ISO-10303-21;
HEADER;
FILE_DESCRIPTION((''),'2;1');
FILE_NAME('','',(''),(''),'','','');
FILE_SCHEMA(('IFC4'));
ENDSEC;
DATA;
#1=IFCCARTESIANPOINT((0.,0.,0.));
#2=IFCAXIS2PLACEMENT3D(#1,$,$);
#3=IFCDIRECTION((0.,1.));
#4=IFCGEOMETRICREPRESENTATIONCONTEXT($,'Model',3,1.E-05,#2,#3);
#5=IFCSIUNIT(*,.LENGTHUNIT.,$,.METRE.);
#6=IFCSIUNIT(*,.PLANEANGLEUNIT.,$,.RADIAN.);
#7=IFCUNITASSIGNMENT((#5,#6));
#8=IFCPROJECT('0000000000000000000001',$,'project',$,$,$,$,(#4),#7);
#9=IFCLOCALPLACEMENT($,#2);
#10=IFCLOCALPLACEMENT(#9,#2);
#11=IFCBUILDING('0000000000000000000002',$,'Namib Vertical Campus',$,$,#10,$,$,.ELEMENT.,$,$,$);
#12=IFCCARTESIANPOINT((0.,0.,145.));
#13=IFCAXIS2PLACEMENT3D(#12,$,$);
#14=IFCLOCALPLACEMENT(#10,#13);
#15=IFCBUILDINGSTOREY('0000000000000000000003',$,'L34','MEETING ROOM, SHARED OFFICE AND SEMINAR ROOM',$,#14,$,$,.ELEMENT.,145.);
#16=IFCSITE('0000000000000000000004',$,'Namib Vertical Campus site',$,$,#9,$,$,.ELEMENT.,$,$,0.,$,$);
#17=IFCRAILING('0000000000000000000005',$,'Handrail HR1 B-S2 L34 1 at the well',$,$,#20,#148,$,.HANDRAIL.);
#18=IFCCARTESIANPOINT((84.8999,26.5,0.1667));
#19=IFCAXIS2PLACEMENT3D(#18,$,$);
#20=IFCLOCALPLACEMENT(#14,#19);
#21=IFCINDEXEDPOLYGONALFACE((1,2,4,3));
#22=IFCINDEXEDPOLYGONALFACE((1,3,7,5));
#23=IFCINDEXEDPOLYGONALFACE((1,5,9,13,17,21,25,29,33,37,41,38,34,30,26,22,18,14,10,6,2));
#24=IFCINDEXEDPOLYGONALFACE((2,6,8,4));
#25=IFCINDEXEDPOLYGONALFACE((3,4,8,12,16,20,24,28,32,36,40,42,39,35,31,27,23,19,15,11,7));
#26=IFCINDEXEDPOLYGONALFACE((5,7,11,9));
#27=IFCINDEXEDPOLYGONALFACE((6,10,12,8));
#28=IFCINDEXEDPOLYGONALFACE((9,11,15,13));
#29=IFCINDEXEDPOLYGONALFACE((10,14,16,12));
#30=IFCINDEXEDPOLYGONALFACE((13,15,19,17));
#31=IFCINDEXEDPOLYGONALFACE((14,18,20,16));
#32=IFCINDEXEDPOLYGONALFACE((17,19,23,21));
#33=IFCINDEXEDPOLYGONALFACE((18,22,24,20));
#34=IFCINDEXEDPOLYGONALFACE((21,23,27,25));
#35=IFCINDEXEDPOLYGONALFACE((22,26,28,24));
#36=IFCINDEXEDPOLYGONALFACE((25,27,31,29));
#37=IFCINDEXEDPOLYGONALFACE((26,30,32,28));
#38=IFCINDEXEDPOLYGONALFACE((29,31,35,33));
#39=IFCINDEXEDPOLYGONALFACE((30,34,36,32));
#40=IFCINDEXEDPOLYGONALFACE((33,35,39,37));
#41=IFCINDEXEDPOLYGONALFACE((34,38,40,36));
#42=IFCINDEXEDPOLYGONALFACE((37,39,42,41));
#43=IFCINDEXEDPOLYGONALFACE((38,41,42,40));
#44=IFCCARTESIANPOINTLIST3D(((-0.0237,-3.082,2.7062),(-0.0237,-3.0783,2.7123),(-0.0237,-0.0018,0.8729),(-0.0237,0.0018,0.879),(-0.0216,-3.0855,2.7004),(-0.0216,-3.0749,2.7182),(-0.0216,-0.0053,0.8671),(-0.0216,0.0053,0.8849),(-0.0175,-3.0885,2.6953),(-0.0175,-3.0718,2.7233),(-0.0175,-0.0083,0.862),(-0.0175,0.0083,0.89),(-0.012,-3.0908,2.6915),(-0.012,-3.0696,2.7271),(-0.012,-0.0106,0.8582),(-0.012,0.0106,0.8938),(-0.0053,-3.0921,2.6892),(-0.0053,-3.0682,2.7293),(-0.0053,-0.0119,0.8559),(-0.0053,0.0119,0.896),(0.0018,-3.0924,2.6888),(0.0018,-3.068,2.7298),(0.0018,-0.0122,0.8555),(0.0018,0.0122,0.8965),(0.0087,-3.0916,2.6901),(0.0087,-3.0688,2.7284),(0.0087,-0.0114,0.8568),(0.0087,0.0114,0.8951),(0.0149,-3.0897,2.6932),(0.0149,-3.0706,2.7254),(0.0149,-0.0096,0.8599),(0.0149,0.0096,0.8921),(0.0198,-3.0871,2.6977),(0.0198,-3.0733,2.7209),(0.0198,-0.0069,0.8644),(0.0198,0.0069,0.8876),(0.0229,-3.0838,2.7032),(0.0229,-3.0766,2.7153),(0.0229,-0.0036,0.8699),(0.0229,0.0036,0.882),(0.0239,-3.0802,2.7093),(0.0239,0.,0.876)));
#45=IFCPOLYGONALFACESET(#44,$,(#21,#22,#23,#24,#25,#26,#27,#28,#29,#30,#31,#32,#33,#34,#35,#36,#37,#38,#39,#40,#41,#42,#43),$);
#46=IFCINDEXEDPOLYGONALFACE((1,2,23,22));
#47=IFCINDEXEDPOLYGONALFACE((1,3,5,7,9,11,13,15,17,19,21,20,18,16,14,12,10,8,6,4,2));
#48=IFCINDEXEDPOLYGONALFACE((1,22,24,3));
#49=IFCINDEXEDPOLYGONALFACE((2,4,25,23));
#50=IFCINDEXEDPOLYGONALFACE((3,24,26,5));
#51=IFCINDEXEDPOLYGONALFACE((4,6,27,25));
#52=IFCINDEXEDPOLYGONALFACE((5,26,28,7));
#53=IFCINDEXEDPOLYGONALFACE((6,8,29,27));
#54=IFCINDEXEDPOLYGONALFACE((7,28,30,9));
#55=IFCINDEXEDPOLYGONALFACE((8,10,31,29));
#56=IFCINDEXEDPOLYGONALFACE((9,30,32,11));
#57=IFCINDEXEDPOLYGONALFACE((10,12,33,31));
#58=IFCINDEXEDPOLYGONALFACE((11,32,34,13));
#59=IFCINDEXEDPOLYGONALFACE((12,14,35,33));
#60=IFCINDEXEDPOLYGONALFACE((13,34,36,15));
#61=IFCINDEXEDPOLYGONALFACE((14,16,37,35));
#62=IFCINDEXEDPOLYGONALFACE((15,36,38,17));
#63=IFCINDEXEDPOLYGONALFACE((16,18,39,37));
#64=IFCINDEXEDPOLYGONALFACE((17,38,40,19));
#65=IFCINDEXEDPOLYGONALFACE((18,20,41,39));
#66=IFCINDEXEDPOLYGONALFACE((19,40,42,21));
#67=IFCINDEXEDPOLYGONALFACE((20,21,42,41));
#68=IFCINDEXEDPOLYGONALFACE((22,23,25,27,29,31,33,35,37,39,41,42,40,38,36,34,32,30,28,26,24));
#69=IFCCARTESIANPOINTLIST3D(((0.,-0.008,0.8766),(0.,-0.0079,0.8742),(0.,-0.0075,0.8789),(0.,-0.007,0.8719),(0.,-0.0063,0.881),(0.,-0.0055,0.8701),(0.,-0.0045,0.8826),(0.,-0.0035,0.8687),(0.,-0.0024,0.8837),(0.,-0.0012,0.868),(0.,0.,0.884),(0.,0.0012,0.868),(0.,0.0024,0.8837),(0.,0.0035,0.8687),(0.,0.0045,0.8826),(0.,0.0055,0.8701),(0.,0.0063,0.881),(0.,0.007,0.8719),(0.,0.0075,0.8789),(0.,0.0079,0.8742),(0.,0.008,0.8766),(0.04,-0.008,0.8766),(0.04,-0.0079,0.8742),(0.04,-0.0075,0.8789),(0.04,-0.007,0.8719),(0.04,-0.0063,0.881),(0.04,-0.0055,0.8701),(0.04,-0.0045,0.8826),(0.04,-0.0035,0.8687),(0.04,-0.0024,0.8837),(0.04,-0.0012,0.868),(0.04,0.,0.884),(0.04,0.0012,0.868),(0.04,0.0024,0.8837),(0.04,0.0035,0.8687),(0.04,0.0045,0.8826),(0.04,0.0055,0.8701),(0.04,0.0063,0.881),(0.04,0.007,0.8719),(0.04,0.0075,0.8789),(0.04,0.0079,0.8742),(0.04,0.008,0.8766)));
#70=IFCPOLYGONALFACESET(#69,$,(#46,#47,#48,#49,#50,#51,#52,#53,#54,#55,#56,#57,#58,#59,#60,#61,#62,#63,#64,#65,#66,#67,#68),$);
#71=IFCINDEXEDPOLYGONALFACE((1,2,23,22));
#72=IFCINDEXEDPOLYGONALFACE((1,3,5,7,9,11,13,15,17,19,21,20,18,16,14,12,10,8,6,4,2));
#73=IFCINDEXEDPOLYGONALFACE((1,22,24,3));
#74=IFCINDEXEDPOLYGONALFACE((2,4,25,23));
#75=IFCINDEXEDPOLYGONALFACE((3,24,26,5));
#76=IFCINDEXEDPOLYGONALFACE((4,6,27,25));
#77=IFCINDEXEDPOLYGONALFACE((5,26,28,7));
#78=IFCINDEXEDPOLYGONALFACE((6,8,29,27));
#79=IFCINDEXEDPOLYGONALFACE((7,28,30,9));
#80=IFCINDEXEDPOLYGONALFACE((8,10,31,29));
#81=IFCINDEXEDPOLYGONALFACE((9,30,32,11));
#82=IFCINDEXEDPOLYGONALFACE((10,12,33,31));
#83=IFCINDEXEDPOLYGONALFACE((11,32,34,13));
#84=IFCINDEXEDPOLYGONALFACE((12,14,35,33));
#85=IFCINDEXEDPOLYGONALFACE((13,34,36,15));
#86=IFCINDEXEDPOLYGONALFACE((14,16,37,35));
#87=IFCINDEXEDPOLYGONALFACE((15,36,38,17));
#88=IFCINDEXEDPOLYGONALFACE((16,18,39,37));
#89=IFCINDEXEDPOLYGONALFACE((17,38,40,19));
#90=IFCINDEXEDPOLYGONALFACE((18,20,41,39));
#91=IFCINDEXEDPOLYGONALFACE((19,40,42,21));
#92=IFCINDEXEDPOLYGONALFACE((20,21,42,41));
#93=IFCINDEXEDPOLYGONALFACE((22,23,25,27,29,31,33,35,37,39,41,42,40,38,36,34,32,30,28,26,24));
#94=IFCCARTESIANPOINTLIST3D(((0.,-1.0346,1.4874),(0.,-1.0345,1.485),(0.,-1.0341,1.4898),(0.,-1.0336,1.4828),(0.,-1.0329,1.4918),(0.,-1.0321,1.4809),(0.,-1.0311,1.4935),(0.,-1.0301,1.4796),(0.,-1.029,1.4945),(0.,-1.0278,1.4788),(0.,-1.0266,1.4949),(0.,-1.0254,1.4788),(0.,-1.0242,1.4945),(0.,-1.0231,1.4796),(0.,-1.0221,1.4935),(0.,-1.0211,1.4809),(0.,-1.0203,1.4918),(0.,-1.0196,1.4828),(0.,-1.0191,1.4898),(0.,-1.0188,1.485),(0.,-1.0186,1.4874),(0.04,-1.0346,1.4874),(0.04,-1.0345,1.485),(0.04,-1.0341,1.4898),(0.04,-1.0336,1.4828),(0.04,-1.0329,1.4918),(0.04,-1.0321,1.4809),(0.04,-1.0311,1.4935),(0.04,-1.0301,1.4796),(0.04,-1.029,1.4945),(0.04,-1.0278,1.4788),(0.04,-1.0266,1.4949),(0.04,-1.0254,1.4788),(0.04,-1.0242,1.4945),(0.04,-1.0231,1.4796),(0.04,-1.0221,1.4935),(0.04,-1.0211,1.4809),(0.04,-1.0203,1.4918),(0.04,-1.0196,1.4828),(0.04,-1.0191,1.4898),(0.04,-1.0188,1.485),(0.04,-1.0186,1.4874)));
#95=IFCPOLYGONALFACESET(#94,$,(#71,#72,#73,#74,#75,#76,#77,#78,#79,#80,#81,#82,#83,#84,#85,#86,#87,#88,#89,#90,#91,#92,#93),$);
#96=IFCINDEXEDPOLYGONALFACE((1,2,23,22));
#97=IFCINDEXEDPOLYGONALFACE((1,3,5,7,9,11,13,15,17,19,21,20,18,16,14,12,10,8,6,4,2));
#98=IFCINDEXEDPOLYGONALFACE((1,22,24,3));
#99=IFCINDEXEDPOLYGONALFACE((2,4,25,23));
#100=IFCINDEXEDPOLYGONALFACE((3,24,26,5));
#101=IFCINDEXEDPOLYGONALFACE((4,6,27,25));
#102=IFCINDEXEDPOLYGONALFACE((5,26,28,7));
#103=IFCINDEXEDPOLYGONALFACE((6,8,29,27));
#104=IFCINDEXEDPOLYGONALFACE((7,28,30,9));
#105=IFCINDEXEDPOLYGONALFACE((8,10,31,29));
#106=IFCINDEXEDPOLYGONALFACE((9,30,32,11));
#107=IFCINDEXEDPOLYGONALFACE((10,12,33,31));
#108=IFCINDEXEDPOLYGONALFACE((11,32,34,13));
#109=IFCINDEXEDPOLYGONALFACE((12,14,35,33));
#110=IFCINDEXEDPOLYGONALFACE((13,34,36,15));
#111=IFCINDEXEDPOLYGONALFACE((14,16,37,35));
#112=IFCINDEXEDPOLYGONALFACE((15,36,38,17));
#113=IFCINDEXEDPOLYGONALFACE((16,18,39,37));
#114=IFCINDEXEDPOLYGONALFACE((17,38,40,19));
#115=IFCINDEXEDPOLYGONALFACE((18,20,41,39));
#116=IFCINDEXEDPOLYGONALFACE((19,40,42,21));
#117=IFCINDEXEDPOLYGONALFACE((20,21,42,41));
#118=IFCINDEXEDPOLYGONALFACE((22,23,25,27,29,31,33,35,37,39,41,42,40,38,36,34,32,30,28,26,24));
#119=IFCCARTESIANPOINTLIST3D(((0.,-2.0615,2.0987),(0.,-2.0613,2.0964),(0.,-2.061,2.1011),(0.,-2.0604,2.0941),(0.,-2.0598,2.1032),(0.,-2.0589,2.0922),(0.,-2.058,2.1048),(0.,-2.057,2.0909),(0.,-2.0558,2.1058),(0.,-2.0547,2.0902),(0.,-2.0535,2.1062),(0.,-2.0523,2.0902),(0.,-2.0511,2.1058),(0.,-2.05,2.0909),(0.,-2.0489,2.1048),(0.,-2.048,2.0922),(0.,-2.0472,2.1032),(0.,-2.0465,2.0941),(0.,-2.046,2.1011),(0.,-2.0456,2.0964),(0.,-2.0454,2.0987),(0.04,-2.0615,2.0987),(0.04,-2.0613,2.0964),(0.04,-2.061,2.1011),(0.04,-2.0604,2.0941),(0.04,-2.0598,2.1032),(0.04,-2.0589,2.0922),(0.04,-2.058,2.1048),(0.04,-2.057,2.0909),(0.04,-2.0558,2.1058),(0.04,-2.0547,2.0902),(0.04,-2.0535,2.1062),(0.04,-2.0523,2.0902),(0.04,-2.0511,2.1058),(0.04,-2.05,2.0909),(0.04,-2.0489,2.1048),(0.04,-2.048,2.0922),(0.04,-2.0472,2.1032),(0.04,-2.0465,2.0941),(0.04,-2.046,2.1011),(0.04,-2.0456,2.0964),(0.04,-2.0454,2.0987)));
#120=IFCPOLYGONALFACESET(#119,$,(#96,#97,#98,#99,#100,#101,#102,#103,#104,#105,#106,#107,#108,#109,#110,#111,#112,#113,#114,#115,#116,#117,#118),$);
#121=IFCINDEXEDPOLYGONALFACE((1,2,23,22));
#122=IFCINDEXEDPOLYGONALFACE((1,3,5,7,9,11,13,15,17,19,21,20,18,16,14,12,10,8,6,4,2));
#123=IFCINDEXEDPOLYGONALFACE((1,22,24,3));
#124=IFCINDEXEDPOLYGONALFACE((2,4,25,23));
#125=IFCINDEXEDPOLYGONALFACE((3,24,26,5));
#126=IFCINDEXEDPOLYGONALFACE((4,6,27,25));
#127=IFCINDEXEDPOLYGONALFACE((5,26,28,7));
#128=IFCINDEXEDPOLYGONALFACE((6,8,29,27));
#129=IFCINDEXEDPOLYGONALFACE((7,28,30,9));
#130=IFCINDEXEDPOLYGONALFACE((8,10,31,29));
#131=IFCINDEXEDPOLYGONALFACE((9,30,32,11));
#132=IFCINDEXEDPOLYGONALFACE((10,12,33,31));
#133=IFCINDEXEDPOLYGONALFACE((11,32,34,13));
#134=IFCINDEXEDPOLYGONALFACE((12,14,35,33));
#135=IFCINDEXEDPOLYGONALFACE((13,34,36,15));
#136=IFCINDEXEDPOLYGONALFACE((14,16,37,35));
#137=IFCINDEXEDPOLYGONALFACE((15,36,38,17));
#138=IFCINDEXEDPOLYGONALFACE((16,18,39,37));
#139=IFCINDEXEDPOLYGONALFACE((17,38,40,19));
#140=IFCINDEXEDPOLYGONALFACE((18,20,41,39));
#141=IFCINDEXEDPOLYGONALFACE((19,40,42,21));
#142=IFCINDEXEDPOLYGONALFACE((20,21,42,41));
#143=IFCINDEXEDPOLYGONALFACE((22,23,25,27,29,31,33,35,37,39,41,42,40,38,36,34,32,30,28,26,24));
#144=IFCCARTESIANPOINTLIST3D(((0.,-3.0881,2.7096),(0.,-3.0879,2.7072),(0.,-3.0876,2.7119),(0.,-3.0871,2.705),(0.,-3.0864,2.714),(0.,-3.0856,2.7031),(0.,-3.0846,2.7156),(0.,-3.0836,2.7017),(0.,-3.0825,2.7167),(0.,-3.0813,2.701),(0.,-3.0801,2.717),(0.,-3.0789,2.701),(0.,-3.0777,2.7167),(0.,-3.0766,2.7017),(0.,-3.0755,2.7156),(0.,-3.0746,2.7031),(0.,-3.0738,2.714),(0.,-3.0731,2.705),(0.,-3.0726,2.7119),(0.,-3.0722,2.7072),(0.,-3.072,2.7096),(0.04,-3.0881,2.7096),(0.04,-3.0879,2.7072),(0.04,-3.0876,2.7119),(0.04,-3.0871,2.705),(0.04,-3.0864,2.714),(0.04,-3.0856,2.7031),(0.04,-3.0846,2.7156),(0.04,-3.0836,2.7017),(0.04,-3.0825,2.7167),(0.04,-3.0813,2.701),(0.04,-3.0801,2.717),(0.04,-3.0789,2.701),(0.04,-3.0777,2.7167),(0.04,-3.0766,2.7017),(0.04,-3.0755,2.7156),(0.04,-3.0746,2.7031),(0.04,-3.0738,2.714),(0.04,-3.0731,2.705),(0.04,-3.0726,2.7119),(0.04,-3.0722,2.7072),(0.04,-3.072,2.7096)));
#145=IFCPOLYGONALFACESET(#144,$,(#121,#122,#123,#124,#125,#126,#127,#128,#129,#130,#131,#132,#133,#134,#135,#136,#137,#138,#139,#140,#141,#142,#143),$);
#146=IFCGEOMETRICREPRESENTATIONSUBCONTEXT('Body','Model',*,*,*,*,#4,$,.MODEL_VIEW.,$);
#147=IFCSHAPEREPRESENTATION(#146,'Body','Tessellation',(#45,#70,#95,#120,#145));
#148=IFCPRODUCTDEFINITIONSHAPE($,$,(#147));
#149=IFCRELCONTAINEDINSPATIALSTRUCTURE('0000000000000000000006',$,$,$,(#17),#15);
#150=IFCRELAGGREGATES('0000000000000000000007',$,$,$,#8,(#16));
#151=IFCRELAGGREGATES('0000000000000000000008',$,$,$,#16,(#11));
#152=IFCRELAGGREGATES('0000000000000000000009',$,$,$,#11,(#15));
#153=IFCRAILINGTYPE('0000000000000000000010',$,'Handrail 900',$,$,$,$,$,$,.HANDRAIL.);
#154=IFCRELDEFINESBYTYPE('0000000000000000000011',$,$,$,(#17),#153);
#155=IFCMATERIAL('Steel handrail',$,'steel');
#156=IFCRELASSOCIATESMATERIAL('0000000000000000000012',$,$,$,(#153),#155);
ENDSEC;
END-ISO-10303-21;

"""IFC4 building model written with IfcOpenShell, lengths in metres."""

from ifc_helpers import new_model, si_unit, direction, frame, origin, origin_2d, place, context, subcontext, project, spatial, circle, extrude, material, type_object, element, save


model = new_model("IFC4")

# Units and contexts
model_context = context("Model", 3, precision=1e-05, world=origin(), true_north=direction((0.0, 1.0)))
body_context = subcontext(model_context, "Body", "Model", "MODEL_VIEW")
ifc_project = project(units=[si_unit("LENGTHUNIT", "METRE"), si_unit("PLANEANGLEUNIT", "RADIAN")], contexts=[model_context])

# Site, building, storey
site_placement = place(None, origin())
site = spatial("IfcSite", under=ifc_project, at=site_placement, Name="Namib Vertical Campus site", CompositionType="ELEMENT", RefElevation=0.0)
building_placement = place(site_placement, origin())
building = spatial("IfcBuilding", under=site, at=building_placement, Name="Namib Vertical Campus", CompositionType="ELEMENT")
storey_placement = place(building_placement, frame((0.0, 0.0, 145.0)))
storey = spatial("IfcBuildingStorey", under=building, at=storey_placement, Name="L34", Description="MEETING ROOM, SHARED OFFICE AND SEMINAR ROOM", CompositionType="ELEMENT", Elevation=145.0)

# Railing
ifc_material_1 = material(Name="Steel handrail", Category="steel")
railing_type_1 = type_object("IfcRailingType", Name="Handrail 900", PredefinedType="HANDRAIL", material=ifc_material_1)
railing_1_placement = place(storey_placement, frame((84.8999, 26.5, 0.1667)))
element("IfcRailing", 1, at=railing_1_placement, inside=storey, type_object=railing_type_1, Name="Handrail HR1 B-S2 L34 1 at the well", PredefinedType="HANDRAIL", context=body_context, shape_type="SweptSolid", body=[
    extrude(circle(Radius=0.0239, at=origin_2d()), frame((0.0, 0.0, 0.876), z_axis=(0.0, -0.859309, 0.511458), x_axis=(1.0, 0.0, 0.0)), (0.0, 0.0, 1.0), 3.5845),
    extrude(circle(Radius=0.0081, at=origin_2d()), frame((0.0, 0.0, 0.876), z_axis=(1.0, 0.0, 0.0), x_axis=(0.0, 0.0, 1.0)), (0.0, 0.0, 1.0), 0.04),
    extrude(circle(Radius=0.0081, at=origin_2d()), frame((0.0, -1.0266, 1.4868), z_axis=(1.0, 0.0, 0.0), x_axis=(0.0, 0.0, 1.0)), (0.0, 0.0, 1.0), 0.04),
    extrude(circle(Radius=0.0081, at=origin_2d()), frame((0.0, -2.0535, 2.0981), z_axis=(1.0, 0.0, 0.0), x_axis=(0.0, 0.0, 1.0)), (0.0, 0.0, 1.0), 0.04),
    extrude(circle(Radius=0.0081, at=origin_2d()), frame((0.0, -3.0801, 2.709), z_axis=(1.0, 0.0, 0.0), x_axis=(0.0, 0.0, 1.0)), (0.0, 0.0, 1.0), 0.04),
])

save(model, "model.ifc")
